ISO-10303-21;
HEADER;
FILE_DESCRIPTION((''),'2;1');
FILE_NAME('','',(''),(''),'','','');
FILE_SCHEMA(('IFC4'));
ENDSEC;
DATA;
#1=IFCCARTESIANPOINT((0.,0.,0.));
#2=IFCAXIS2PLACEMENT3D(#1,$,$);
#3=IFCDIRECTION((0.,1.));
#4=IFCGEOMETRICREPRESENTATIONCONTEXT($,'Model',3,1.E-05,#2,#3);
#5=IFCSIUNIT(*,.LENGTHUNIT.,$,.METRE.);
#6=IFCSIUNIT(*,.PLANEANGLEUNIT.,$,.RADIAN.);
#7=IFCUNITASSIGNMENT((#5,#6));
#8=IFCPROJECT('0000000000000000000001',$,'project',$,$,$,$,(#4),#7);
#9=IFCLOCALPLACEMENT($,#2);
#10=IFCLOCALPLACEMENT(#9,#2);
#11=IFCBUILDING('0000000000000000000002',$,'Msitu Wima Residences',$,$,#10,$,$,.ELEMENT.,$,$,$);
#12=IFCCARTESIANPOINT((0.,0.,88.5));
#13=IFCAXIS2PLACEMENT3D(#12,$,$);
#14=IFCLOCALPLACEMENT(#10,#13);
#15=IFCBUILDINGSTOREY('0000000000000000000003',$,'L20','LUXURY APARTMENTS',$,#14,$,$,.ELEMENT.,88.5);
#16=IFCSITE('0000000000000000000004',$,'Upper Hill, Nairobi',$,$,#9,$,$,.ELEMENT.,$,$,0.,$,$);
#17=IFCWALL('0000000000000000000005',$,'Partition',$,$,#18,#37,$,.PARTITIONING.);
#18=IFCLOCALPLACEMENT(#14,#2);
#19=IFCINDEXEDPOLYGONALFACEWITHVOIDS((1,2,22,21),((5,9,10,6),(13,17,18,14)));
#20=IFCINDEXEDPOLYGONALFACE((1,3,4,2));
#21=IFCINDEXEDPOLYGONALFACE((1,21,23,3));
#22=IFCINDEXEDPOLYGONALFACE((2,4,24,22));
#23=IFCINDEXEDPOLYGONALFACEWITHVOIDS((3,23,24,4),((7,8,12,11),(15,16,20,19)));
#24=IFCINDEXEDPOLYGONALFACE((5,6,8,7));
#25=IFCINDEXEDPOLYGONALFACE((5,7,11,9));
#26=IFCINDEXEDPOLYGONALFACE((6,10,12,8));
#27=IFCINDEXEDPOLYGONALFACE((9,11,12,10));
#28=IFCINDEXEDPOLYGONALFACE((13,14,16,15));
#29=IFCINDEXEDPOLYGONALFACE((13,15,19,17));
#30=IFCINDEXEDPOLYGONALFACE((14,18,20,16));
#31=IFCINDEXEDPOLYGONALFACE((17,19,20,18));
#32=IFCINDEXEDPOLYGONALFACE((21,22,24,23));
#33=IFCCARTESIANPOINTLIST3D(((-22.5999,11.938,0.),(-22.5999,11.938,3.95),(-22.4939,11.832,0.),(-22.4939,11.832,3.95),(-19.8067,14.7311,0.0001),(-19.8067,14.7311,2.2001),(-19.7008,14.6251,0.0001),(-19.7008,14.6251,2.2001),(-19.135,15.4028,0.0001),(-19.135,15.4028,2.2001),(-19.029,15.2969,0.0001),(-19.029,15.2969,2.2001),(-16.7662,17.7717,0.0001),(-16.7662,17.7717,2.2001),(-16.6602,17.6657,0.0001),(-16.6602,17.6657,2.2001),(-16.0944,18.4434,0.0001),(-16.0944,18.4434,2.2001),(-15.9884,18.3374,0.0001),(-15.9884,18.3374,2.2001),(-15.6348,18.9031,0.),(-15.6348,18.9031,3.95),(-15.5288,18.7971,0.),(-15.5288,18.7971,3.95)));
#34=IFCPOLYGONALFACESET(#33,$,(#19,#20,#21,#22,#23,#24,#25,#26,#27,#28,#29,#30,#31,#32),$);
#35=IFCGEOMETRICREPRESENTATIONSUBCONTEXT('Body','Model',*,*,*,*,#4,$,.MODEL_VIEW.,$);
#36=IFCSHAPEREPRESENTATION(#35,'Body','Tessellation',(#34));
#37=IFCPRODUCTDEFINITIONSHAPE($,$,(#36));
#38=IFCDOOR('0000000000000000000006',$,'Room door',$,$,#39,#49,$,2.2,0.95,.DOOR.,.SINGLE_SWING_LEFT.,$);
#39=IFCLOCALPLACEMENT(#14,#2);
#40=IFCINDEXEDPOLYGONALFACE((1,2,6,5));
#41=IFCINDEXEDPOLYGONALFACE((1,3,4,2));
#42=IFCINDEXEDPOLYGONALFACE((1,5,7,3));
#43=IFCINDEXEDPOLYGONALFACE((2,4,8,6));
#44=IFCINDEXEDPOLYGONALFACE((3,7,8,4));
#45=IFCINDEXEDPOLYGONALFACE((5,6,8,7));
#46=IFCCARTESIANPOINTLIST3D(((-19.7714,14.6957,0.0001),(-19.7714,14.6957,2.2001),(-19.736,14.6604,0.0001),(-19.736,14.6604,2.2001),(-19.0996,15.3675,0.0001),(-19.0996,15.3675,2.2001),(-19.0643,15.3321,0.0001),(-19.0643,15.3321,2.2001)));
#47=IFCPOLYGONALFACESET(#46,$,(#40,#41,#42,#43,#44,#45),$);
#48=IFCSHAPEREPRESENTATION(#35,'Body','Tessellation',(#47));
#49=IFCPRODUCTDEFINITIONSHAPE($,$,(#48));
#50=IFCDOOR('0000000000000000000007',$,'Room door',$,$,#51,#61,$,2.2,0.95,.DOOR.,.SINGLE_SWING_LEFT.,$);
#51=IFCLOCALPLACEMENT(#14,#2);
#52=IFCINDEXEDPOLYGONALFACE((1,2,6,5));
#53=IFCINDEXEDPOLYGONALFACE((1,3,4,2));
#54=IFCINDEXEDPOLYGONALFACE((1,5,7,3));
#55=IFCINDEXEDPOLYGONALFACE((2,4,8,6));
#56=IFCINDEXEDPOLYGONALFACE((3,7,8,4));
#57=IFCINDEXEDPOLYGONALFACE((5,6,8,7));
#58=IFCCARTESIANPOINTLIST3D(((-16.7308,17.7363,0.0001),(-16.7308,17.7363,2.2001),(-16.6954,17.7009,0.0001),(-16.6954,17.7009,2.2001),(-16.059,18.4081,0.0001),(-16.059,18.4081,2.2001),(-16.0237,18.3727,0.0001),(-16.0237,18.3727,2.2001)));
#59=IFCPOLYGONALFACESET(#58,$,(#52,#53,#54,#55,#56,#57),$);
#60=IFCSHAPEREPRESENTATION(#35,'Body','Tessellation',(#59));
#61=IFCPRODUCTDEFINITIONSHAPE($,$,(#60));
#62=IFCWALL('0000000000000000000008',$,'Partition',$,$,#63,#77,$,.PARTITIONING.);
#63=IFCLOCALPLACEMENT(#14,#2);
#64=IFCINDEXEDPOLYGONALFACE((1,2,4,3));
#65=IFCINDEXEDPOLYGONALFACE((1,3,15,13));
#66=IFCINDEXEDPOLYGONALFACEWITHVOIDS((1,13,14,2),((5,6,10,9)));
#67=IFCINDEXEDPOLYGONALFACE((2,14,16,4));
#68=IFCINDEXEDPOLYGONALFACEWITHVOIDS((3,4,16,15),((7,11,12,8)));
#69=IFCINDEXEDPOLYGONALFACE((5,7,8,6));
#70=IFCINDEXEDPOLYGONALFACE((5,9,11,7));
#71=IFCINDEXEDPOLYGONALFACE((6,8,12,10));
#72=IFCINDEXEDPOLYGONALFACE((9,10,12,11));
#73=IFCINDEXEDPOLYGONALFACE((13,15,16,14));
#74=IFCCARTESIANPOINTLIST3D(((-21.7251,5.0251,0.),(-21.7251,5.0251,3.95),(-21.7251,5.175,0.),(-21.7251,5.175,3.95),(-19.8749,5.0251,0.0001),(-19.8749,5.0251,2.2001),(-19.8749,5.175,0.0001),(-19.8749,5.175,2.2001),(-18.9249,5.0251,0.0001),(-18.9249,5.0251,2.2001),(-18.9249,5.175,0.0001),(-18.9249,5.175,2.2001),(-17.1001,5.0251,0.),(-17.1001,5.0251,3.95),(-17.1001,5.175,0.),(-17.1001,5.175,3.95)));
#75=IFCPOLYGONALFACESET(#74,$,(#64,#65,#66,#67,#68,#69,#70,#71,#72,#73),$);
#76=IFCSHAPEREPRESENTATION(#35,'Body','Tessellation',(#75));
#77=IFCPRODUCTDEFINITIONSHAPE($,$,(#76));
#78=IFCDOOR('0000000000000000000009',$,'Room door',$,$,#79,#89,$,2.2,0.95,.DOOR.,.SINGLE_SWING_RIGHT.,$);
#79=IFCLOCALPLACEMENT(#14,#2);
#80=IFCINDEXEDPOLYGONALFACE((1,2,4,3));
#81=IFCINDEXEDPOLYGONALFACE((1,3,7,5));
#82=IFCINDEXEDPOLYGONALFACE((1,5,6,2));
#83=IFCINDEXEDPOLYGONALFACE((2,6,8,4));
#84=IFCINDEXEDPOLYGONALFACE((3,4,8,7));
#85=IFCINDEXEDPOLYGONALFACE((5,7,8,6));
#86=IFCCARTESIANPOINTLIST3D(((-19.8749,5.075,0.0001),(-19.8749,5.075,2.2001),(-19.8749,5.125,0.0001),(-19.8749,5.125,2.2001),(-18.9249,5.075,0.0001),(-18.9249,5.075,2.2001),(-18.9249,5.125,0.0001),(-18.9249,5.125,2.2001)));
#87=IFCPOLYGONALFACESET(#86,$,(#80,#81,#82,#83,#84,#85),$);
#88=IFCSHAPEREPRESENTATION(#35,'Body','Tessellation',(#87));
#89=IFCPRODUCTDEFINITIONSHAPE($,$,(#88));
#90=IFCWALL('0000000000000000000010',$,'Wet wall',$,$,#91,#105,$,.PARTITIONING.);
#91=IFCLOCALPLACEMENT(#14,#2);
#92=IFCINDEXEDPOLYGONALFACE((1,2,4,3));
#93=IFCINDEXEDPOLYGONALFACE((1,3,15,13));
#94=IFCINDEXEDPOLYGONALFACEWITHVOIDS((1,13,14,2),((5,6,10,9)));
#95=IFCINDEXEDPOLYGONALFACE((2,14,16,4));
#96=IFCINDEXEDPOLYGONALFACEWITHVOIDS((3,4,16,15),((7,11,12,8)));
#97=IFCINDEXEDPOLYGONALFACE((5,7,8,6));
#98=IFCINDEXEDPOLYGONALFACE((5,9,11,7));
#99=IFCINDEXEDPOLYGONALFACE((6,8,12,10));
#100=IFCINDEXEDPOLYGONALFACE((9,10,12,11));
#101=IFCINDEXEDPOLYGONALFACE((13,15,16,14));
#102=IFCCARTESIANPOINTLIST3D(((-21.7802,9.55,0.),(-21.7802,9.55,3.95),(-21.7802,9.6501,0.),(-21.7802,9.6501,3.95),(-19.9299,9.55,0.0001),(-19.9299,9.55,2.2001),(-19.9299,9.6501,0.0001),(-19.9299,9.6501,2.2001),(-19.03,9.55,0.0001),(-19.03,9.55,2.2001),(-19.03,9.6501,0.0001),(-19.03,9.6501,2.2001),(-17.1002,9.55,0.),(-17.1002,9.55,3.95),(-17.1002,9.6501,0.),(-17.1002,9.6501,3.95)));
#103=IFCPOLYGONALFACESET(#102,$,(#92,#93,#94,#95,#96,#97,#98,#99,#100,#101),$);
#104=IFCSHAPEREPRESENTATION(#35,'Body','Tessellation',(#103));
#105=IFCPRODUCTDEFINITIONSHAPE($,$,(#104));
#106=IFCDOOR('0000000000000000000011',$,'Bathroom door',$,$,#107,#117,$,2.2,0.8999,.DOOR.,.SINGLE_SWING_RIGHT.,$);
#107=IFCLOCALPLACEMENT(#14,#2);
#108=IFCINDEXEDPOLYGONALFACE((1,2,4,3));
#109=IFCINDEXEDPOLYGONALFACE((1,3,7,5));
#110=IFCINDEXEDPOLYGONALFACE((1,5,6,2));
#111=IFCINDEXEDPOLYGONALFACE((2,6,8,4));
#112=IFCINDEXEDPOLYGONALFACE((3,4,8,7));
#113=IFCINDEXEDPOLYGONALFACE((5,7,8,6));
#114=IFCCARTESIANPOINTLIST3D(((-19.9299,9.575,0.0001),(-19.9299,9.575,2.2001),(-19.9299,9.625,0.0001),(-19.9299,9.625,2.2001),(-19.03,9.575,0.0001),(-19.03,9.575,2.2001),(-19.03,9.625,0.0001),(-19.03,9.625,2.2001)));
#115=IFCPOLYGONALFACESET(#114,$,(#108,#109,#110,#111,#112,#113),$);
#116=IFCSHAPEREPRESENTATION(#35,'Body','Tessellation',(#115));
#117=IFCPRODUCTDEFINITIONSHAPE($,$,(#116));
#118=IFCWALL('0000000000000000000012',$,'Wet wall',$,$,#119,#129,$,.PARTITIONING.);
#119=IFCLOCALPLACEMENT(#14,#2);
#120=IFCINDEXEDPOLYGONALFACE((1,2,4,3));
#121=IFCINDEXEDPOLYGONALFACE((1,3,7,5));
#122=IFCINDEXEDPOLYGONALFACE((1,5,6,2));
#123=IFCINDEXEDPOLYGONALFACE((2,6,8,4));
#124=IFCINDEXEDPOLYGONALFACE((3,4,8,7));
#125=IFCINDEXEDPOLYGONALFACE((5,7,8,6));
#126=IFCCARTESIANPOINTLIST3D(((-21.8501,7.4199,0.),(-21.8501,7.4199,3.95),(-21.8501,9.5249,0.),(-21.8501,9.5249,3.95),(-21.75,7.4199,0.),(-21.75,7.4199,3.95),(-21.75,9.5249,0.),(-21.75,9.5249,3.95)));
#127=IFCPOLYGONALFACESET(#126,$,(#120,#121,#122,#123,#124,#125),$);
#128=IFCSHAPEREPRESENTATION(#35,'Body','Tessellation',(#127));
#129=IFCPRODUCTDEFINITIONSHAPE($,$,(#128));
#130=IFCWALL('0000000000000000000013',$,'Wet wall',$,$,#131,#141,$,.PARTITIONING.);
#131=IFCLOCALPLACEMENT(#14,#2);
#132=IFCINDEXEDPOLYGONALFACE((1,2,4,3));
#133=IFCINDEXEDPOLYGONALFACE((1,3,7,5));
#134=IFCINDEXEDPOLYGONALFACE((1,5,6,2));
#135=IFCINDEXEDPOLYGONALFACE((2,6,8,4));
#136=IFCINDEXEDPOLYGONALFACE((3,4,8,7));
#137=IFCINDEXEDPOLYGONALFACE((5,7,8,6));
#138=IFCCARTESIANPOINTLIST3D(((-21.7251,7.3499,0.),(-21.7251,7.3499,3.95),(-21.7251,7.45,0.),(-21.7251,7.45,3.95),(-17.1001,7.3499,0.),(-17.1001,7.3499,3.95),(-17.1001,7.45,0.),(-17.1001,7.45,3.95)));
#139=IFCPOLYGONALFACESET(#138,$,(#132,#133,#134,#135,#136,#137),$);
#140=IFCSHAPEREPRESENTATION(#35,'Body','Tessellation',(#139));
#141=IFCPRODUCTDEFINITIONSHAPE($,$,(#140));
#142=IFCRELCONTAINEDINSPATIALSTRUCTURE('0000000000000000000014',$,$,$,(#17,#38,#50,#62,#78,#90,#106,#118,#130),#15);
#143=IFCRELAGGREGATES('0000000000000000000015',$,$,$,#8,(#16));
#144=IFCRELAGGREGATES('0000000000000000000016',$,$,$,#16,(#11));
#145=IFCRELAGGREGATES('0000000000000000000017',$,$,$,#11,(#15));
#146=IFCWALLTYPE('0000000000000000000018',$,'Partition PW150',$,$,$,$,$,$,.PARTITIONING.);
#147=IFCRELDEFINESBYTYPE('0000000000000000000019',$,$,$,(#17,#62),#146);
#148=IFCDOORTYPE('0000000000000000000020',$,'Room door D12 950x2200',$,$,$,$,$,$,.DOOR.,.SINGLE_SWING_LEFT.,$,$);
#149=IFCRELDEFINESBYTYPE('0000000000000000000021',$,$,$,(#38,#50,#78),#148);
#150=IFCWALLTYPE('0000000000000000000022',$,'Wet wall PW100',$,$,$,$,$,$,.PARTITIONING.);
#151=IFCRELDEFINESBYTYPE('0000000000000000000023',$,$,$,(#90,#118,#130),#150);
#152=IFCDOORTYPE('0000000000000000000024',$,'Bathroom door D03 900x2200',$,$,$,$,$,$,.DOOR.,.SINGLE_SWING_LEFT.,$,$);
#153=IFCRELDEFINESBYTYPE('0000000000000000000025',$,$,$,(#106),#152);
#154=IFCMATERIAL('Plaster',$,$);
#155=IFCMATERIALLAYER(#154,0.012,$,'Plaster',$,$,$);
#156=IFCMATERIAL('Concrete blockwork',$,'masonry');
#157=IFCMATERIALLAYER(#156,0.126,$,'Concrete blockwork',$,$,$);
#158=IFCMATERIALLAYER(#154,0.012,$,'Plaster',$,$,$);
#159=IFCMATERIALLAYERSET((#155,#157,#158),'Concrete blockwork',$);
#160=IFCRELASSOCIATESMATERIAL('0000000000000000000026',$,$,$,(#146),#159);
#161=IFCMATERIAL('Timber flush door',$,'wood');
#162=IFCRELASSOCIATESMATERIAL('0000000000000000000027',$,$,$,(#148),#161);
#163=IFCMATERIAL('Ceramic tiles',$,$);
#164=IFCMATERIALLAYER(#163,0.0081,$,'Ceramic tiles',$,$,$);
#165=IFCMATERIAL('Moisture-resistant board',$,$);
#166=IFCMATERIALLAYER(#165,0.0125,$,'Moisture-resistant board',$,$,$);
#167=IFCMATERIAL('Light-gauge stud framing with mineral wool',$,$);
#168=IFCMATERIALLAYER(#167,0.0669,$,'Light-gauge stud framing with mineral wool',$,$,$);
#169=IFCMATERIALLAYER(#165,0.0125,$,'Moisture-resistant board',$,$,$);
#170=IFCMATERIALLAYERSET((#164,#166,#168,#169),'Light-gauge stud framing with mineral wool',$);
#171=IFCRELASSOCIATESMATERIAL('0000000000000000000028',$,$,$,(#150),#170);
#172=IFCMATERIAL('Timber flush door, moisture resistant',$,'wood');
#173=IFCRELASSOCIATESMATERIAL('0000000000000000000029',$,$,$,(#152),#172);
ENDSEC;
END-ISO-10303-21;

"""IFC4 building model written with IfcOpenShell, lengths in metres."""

from ifc_helpers import new_model, si_unit, direction, frame, frame_2d, origin, place, context, subcontext, project, spatial, rectangle, extrude, material, layer, layer_set, type_object, element, fill, save


model = new_model("IFC4")

# Units and contexts
model_context = context("Model", 3, precision=1e-05, world=origin(), true_north=direction((0.0, 1.0)))
body_context = subcontext(model_context, "Body", "Model", "MODEL_VIEW")
ifc_project = project(units=[si_unit("LENGTHUNIT", "METRE"), si_unit("PLANEANGLEUNIT", "RADIAN")], contexts=[model_context])

# Site, building, storey
site_placement = place(None, origin())
site = spatial("IfcSite", under=ifc_project, at=site_placement, Name="Upper Hill, Nairobi", CompositionType="ELEMENT", RefElevation=0.0)
building_placement = place(site_placement, origin())
building = spatial("IfcBuilding", under=site, at=building_placement, Name="Msitu Wima Residences", CompositionType="ELEMENT")
storey_placement = place(building_placement, frame((0.0, 0.0, 88.5)))
storey = spatial("IfcBuildingStorey", under=building, at=storey_placement, Name="L20", Description="LUXURY APARTMENTS", CompositionType="ELEMENT", Elevation=88.5)

# Shared definitions
ifc_material_1 = material(Name="Plaster")
ifc_layer_1 = layer(ifc_material_1, 0.012, Name="Plaster")
ifc_material_2 = material(Name="Concrete blockwork", Category="masonry")
ifc_layer_2 = layer(ifc_material_2, 0.126, Name="Concrete blockwork")
ifc_layer_3 = layer(ifc_material_1, 0.012, Name="Plaster")
ifc_layer_set_1 = layer_set([ifc_layer_1, ifc_layer_2, ifc_layer_3], Name="Concrete blockwork")
wall_type_1 = type_object("IfcWallType", Name="Partition PW150", PredefinedType="PARTITIONING", material=ifc_layer_set_1)
ifc_material_3 = material(Name="Timber flush door", Category="wood")
door_type_1 = type_object("IfcDoorType", Name="Room door D12 950x2200", OperationType="SINGLE_SWING_LEFT", PredefinedType="DOOR", material=ifc_material_3)

# Wall, openings, doors
wall_1_placement = place(storey_placement, frame((-22.5469, 11.885, 0.0), z_axis=(0.0, 0.0, 1.0), x_axis=(0.707107, 0.707107, 0.0)))
wall_1 = element("IfcWall", 1, at=wall_1_placement, inside=storey, type_object=wall_type_1, Name="Partition", PredefinedType="PARTITIONING", context=body_context, shape_type="SweptSolid", body=[
    extrude(rectangle(XDim=9.8501, YDim=0.1499, at=frame_2d((4.925, 0.0))), origin(), (0.0, 0.0, 1.0), 3.95),
])
opening_1_placement = place(wall_1_placement, frame((3.95, 0.0, 0.0)))
opening_1 = element("IfcOpeningElement", 2, at=opening_1_placement, cuts=wall_1, PredefinedType="OPENING", context=body_context, shape_type="SweptSolid", body=[
    extrude(rectangle(XDim=0.95, YDim=2.2, at=frame_2d((0.4751, 1.1001))), frame((0.0, 0.085, 0.0), z_axis=(0.0, -1.0, 0.0), x_axis=(1.0, 0.0, 0.0)), (0.0, 0.0, 1.0), 0.1699),
])
opening_2_placement = place(wall_1_placement, frame((8.25, 0.0, 0.0)))
opening_2 = element("IfcOpeningElement", 3, at=opening_2_placement, cuts=wall_1, PredefinedType="OPENING", context=body_context, shape_type="SweptSolid", body=[
    extrude(rectangle(XDim=0.95, YDim=2.2, at=frame_2d((0.4751, 1.1001))), frame((0.0, 0.085, 0.0), z_axis=(0.0, -1.0, 0.0), x_axis=(1.0, 0.0, 0.0)), (0.0, 0.0, 1.0), 0.1699),
])
door_1_placement = place(opening_1_placement, origin())
door_1 = element("IfcDoor", 4, at=door_1_placement, inside=storey, type_object=door_type_1, Name="Room door", OperationType="SINGLE_SWING_LEFT", OverallHeight=2.2, OverallWidth=0.95, PredefinedType="DOOR", context=body_context, shape_type="SweptSolid", body=[
    extrude(rectangle(XDim=0.95, YDim=2.2, at=frame_2d((0.4751, 1.1001))), frame((0.0, 0.0249, 0.0), z_axis=(0.0, -1.0, 0.0), x_axis=(1.0, 0.0, 0.0)), (0.0, 0.0, 1.0), 0.05),
])
fill(opening_1, door_1)
door_2_placement = place(opening_2_placement, origin())
door_2 = element("IfcDoor", 5, at=door_2_placement, inside=storey, type_object=door_type_1, Name="Room door", OperationType="SINGLE_SWING_LEFT", OverallHeight=2.2, OverallWidth=0.95, PredefinedType="DOOR", context=body_context, shape_type="SweptSolid", body=[
    extrude(rectangle(XDim=0.95, YDim=2.2, at=frame_2d((0.4751, 1.1001))), frame((0.0, 0.0249, 0.0), z_axis=(0.0, -1.0, 0.0), x_axis=(1.0, 0.0, 0.0)), (0.0, 0.0, 1.0), 0.05),
])
fill(opening_2, door_2)

# Walls, openings, doors
wall_2_placement = place(storey_placement, frame((-21.7251, 5.1001, 0.0), z_axis=(0.0, 0.0, 1.0), x_axis=(1.0, 0.0, 0.0)))
wall_2 = element("IfcWall", 6, at=wall_2_placement, inside=storey, type_object=wall_type_1, Name="Partition", PredefinedType="PARTITIONING", context=body_context, shape_type="SweptSolid", body=[
    extrude(rectangle(XDim=4.625, YDim=0.1499, at=frame_2d((2.3125, 0.0))), origin(), (0.0, 0.0, 1.0), 3.95),
])
opening_3_placement = place(wall_2_placement, frame((1.8501, 0.0, 0.0)))
opening_3 = element("IfcOpeningElement", 7, at=opening_3_placement, cuts=wall_2, PredefinedType="OPENING", context=body_context, shape_type="SweptSolid", body=[
    extrude(rectangle(XDim=0.95, YDim=2.2, at=frame_2d((0.4751, 1.1001))), frame((0.0, 0.085, 0.0), z_axis=(0.0, -1.0, 0.0), x_axis=(1.0, 0.0, 0.0)), (0.0, 0.0, 1.0), 0.1699),
])
door_3_placement = place(opening_3_placement, origin())
door_3 = element("IfcDoor", 8, at=door_3_placement, inside=storey, type_object=door_type_1, Name="Room door", OperationType="SINGLE_SWING_RIGHT", OverallHeight=2.2, OverallWidth=0.95, PredefinedType="DOOR", context=body_context, shape_type="SweptSolid", body=[
    extrude(rectangle(XDim=0.95, YDim=2.2, at=frame_2d((0.4751, 1.1001))), frame((0.0, 0.0249, 0.0), z_axis=(0.0, -1.0, 0.0), x_axis=(1.0, 0.0, 0.0)), (0.0, 0.0, 1.0), 0.05),
])
fill(opening_3, door_3)
ifc_material_4 = material(Name="Ceramic tiles")
ifc_layer_4 = layer(ifc_material_4, 0.0081, Name="Ceramic tiles")
ifc_material_5 = material(Name="Moisture-resistant board")
ifc_layer_5 = layer(ifc_material_5, 0.0125, Name="Moisture-resistant board")
ifc_material_6 = material(Name="Light-gauge stud framing with mineral wool")
ifc_layer_6 = layer(ifc_material_6, 0.0669, Name="Light-gauge stud framing with mineral wool")
ifc_layer_7 = layer(ifc_material_5, 0.0125, Name="Moisture-resistant board")
ifc_layer_set_2 = layer_set([ifc_layer_4, ifc_layer_5, ifc_layer_6, ifc_layer_7], Name="Light-gauge stud framing with mineral wool")
wall_type_2 = type_object("IfcWallType", Name="Wet wall PW100", PredefinedType="PARTITIONING", material=ifc_layer_set_2)
wall_3_placement = place(storey_placement, frame((-21.78, 9.6001, 0.0), z_axis=(0.0, 0.0, 1.0), x_axis=(1.0, 0.0, 0.0)))
wall_3 = element("IfcWall", 9, at=wall_3_placement, inside=storey, type_object=wall_type_2, Name="Wet wall", PredefinedType="PARTITIONING", context=body_context, shape_type="SweptSolid", body=[
    extrude(rectangle(XDim=4.6799, YDim=0.1001, at=frame_2d((2.3398, 0.0))), origin(), (0.0, 0.0, 1.0), 3.95),
])
opening_4_placement = place(wall_3_placement, frame((1.8501, 0.0, 0.0)))
opening_4 = element("IfcOpeningElement", 10, at=opening_4_placement, cuts=wall_3, PredefinedType="OPENING", context=body_context, shape_type="SweptSolid", body=[
    extrude(rectangle(XDim=0.8999, YDim=2.2, at=frame_2d((0.45, 1.1001))), frame((0.0, 0.0601, 0.0), z_axis=(0.0, -1.0, 0.0), x_axis=(1.0, 0.0, 0.0)), (0.0, 0.0, 1.0), 0.1201),
])
ifc_material_7 = material(Name="Timber flush door, moisture resistant", Category="wood")
door_type_2 = type_object("IfcDoorType", Name="Bathroom door D03 900x2200", OperationType="SINGLE_SWING_LEFT", PredefinedType="DOOR", material=ifc_material_7)
door_4_placement = place(opening_4_placement, origin())
door_4 = element("IfcDoor", 11, at=door_4_placement, inside=storey, type_object=door_type_2, Name="Bathroom door", OperationType="SINGLE_SWING_RIGHT", OverallHeight=2.2, OverallWidth=0.8999, PredefinedType="DOOR", context=body_context, shape_type="SweptSolid", body=[
    extrude(rectangle(XDim=0.8999, YDim=2.2, at=frame_2d((0.45, 1.1001))), frame((0.0, 0.0249, 0.0), z_axis=(0.0, -1.0, 0.0), x_axis=(1.0, 0.0, 0.0)), (0.0, 0.0, 1.0), 0.05),
])
fill(opening_4, door_4)

# Walls
wall_4_placement = place(storey_placement, frame((-21.8, 7.4199, 0.0), z_axis=(0.0, 0.0, 1.0), x_axis=(0.0, 1.0, 0.0)))
element("IfcWall", 12, at=wall_4_placement, inside=storey, type_object=wall_type_2, Name="Wet wall", PredefinedType="PARTITIONING", context=body_context, shape_type="SweptSolid", body=[
    extrude(rectangle(XDim=2.105, YDim=0.1001, at=frame_2d((1.0525, 0.0))), origin(), (0.0, 0.0, 1.0), 3.95),
])
wall_5_placement = place(storey_placement, frame((-21.7251, 7.3999, 0.0), z_axis=(0.0, 0.0, 1.0), x_axis=(1.0, 0.0, 0.0)))
element("IfcWall", 13, at=wall_5_placement, inside=storey, type_object=wall_type_2, Name="Wet wall", PredefinedType="PARTITIONING", context=body_context, shape_type="SweptSolid", body=[
    extrude(rectangle(XDim=4.625, YDim=0.1001, at=frame_2d((2.3125, 0.0))), origin(), (0.0, 0.0, 1.0), 3.95),
])

save(model, "model.ifc")
